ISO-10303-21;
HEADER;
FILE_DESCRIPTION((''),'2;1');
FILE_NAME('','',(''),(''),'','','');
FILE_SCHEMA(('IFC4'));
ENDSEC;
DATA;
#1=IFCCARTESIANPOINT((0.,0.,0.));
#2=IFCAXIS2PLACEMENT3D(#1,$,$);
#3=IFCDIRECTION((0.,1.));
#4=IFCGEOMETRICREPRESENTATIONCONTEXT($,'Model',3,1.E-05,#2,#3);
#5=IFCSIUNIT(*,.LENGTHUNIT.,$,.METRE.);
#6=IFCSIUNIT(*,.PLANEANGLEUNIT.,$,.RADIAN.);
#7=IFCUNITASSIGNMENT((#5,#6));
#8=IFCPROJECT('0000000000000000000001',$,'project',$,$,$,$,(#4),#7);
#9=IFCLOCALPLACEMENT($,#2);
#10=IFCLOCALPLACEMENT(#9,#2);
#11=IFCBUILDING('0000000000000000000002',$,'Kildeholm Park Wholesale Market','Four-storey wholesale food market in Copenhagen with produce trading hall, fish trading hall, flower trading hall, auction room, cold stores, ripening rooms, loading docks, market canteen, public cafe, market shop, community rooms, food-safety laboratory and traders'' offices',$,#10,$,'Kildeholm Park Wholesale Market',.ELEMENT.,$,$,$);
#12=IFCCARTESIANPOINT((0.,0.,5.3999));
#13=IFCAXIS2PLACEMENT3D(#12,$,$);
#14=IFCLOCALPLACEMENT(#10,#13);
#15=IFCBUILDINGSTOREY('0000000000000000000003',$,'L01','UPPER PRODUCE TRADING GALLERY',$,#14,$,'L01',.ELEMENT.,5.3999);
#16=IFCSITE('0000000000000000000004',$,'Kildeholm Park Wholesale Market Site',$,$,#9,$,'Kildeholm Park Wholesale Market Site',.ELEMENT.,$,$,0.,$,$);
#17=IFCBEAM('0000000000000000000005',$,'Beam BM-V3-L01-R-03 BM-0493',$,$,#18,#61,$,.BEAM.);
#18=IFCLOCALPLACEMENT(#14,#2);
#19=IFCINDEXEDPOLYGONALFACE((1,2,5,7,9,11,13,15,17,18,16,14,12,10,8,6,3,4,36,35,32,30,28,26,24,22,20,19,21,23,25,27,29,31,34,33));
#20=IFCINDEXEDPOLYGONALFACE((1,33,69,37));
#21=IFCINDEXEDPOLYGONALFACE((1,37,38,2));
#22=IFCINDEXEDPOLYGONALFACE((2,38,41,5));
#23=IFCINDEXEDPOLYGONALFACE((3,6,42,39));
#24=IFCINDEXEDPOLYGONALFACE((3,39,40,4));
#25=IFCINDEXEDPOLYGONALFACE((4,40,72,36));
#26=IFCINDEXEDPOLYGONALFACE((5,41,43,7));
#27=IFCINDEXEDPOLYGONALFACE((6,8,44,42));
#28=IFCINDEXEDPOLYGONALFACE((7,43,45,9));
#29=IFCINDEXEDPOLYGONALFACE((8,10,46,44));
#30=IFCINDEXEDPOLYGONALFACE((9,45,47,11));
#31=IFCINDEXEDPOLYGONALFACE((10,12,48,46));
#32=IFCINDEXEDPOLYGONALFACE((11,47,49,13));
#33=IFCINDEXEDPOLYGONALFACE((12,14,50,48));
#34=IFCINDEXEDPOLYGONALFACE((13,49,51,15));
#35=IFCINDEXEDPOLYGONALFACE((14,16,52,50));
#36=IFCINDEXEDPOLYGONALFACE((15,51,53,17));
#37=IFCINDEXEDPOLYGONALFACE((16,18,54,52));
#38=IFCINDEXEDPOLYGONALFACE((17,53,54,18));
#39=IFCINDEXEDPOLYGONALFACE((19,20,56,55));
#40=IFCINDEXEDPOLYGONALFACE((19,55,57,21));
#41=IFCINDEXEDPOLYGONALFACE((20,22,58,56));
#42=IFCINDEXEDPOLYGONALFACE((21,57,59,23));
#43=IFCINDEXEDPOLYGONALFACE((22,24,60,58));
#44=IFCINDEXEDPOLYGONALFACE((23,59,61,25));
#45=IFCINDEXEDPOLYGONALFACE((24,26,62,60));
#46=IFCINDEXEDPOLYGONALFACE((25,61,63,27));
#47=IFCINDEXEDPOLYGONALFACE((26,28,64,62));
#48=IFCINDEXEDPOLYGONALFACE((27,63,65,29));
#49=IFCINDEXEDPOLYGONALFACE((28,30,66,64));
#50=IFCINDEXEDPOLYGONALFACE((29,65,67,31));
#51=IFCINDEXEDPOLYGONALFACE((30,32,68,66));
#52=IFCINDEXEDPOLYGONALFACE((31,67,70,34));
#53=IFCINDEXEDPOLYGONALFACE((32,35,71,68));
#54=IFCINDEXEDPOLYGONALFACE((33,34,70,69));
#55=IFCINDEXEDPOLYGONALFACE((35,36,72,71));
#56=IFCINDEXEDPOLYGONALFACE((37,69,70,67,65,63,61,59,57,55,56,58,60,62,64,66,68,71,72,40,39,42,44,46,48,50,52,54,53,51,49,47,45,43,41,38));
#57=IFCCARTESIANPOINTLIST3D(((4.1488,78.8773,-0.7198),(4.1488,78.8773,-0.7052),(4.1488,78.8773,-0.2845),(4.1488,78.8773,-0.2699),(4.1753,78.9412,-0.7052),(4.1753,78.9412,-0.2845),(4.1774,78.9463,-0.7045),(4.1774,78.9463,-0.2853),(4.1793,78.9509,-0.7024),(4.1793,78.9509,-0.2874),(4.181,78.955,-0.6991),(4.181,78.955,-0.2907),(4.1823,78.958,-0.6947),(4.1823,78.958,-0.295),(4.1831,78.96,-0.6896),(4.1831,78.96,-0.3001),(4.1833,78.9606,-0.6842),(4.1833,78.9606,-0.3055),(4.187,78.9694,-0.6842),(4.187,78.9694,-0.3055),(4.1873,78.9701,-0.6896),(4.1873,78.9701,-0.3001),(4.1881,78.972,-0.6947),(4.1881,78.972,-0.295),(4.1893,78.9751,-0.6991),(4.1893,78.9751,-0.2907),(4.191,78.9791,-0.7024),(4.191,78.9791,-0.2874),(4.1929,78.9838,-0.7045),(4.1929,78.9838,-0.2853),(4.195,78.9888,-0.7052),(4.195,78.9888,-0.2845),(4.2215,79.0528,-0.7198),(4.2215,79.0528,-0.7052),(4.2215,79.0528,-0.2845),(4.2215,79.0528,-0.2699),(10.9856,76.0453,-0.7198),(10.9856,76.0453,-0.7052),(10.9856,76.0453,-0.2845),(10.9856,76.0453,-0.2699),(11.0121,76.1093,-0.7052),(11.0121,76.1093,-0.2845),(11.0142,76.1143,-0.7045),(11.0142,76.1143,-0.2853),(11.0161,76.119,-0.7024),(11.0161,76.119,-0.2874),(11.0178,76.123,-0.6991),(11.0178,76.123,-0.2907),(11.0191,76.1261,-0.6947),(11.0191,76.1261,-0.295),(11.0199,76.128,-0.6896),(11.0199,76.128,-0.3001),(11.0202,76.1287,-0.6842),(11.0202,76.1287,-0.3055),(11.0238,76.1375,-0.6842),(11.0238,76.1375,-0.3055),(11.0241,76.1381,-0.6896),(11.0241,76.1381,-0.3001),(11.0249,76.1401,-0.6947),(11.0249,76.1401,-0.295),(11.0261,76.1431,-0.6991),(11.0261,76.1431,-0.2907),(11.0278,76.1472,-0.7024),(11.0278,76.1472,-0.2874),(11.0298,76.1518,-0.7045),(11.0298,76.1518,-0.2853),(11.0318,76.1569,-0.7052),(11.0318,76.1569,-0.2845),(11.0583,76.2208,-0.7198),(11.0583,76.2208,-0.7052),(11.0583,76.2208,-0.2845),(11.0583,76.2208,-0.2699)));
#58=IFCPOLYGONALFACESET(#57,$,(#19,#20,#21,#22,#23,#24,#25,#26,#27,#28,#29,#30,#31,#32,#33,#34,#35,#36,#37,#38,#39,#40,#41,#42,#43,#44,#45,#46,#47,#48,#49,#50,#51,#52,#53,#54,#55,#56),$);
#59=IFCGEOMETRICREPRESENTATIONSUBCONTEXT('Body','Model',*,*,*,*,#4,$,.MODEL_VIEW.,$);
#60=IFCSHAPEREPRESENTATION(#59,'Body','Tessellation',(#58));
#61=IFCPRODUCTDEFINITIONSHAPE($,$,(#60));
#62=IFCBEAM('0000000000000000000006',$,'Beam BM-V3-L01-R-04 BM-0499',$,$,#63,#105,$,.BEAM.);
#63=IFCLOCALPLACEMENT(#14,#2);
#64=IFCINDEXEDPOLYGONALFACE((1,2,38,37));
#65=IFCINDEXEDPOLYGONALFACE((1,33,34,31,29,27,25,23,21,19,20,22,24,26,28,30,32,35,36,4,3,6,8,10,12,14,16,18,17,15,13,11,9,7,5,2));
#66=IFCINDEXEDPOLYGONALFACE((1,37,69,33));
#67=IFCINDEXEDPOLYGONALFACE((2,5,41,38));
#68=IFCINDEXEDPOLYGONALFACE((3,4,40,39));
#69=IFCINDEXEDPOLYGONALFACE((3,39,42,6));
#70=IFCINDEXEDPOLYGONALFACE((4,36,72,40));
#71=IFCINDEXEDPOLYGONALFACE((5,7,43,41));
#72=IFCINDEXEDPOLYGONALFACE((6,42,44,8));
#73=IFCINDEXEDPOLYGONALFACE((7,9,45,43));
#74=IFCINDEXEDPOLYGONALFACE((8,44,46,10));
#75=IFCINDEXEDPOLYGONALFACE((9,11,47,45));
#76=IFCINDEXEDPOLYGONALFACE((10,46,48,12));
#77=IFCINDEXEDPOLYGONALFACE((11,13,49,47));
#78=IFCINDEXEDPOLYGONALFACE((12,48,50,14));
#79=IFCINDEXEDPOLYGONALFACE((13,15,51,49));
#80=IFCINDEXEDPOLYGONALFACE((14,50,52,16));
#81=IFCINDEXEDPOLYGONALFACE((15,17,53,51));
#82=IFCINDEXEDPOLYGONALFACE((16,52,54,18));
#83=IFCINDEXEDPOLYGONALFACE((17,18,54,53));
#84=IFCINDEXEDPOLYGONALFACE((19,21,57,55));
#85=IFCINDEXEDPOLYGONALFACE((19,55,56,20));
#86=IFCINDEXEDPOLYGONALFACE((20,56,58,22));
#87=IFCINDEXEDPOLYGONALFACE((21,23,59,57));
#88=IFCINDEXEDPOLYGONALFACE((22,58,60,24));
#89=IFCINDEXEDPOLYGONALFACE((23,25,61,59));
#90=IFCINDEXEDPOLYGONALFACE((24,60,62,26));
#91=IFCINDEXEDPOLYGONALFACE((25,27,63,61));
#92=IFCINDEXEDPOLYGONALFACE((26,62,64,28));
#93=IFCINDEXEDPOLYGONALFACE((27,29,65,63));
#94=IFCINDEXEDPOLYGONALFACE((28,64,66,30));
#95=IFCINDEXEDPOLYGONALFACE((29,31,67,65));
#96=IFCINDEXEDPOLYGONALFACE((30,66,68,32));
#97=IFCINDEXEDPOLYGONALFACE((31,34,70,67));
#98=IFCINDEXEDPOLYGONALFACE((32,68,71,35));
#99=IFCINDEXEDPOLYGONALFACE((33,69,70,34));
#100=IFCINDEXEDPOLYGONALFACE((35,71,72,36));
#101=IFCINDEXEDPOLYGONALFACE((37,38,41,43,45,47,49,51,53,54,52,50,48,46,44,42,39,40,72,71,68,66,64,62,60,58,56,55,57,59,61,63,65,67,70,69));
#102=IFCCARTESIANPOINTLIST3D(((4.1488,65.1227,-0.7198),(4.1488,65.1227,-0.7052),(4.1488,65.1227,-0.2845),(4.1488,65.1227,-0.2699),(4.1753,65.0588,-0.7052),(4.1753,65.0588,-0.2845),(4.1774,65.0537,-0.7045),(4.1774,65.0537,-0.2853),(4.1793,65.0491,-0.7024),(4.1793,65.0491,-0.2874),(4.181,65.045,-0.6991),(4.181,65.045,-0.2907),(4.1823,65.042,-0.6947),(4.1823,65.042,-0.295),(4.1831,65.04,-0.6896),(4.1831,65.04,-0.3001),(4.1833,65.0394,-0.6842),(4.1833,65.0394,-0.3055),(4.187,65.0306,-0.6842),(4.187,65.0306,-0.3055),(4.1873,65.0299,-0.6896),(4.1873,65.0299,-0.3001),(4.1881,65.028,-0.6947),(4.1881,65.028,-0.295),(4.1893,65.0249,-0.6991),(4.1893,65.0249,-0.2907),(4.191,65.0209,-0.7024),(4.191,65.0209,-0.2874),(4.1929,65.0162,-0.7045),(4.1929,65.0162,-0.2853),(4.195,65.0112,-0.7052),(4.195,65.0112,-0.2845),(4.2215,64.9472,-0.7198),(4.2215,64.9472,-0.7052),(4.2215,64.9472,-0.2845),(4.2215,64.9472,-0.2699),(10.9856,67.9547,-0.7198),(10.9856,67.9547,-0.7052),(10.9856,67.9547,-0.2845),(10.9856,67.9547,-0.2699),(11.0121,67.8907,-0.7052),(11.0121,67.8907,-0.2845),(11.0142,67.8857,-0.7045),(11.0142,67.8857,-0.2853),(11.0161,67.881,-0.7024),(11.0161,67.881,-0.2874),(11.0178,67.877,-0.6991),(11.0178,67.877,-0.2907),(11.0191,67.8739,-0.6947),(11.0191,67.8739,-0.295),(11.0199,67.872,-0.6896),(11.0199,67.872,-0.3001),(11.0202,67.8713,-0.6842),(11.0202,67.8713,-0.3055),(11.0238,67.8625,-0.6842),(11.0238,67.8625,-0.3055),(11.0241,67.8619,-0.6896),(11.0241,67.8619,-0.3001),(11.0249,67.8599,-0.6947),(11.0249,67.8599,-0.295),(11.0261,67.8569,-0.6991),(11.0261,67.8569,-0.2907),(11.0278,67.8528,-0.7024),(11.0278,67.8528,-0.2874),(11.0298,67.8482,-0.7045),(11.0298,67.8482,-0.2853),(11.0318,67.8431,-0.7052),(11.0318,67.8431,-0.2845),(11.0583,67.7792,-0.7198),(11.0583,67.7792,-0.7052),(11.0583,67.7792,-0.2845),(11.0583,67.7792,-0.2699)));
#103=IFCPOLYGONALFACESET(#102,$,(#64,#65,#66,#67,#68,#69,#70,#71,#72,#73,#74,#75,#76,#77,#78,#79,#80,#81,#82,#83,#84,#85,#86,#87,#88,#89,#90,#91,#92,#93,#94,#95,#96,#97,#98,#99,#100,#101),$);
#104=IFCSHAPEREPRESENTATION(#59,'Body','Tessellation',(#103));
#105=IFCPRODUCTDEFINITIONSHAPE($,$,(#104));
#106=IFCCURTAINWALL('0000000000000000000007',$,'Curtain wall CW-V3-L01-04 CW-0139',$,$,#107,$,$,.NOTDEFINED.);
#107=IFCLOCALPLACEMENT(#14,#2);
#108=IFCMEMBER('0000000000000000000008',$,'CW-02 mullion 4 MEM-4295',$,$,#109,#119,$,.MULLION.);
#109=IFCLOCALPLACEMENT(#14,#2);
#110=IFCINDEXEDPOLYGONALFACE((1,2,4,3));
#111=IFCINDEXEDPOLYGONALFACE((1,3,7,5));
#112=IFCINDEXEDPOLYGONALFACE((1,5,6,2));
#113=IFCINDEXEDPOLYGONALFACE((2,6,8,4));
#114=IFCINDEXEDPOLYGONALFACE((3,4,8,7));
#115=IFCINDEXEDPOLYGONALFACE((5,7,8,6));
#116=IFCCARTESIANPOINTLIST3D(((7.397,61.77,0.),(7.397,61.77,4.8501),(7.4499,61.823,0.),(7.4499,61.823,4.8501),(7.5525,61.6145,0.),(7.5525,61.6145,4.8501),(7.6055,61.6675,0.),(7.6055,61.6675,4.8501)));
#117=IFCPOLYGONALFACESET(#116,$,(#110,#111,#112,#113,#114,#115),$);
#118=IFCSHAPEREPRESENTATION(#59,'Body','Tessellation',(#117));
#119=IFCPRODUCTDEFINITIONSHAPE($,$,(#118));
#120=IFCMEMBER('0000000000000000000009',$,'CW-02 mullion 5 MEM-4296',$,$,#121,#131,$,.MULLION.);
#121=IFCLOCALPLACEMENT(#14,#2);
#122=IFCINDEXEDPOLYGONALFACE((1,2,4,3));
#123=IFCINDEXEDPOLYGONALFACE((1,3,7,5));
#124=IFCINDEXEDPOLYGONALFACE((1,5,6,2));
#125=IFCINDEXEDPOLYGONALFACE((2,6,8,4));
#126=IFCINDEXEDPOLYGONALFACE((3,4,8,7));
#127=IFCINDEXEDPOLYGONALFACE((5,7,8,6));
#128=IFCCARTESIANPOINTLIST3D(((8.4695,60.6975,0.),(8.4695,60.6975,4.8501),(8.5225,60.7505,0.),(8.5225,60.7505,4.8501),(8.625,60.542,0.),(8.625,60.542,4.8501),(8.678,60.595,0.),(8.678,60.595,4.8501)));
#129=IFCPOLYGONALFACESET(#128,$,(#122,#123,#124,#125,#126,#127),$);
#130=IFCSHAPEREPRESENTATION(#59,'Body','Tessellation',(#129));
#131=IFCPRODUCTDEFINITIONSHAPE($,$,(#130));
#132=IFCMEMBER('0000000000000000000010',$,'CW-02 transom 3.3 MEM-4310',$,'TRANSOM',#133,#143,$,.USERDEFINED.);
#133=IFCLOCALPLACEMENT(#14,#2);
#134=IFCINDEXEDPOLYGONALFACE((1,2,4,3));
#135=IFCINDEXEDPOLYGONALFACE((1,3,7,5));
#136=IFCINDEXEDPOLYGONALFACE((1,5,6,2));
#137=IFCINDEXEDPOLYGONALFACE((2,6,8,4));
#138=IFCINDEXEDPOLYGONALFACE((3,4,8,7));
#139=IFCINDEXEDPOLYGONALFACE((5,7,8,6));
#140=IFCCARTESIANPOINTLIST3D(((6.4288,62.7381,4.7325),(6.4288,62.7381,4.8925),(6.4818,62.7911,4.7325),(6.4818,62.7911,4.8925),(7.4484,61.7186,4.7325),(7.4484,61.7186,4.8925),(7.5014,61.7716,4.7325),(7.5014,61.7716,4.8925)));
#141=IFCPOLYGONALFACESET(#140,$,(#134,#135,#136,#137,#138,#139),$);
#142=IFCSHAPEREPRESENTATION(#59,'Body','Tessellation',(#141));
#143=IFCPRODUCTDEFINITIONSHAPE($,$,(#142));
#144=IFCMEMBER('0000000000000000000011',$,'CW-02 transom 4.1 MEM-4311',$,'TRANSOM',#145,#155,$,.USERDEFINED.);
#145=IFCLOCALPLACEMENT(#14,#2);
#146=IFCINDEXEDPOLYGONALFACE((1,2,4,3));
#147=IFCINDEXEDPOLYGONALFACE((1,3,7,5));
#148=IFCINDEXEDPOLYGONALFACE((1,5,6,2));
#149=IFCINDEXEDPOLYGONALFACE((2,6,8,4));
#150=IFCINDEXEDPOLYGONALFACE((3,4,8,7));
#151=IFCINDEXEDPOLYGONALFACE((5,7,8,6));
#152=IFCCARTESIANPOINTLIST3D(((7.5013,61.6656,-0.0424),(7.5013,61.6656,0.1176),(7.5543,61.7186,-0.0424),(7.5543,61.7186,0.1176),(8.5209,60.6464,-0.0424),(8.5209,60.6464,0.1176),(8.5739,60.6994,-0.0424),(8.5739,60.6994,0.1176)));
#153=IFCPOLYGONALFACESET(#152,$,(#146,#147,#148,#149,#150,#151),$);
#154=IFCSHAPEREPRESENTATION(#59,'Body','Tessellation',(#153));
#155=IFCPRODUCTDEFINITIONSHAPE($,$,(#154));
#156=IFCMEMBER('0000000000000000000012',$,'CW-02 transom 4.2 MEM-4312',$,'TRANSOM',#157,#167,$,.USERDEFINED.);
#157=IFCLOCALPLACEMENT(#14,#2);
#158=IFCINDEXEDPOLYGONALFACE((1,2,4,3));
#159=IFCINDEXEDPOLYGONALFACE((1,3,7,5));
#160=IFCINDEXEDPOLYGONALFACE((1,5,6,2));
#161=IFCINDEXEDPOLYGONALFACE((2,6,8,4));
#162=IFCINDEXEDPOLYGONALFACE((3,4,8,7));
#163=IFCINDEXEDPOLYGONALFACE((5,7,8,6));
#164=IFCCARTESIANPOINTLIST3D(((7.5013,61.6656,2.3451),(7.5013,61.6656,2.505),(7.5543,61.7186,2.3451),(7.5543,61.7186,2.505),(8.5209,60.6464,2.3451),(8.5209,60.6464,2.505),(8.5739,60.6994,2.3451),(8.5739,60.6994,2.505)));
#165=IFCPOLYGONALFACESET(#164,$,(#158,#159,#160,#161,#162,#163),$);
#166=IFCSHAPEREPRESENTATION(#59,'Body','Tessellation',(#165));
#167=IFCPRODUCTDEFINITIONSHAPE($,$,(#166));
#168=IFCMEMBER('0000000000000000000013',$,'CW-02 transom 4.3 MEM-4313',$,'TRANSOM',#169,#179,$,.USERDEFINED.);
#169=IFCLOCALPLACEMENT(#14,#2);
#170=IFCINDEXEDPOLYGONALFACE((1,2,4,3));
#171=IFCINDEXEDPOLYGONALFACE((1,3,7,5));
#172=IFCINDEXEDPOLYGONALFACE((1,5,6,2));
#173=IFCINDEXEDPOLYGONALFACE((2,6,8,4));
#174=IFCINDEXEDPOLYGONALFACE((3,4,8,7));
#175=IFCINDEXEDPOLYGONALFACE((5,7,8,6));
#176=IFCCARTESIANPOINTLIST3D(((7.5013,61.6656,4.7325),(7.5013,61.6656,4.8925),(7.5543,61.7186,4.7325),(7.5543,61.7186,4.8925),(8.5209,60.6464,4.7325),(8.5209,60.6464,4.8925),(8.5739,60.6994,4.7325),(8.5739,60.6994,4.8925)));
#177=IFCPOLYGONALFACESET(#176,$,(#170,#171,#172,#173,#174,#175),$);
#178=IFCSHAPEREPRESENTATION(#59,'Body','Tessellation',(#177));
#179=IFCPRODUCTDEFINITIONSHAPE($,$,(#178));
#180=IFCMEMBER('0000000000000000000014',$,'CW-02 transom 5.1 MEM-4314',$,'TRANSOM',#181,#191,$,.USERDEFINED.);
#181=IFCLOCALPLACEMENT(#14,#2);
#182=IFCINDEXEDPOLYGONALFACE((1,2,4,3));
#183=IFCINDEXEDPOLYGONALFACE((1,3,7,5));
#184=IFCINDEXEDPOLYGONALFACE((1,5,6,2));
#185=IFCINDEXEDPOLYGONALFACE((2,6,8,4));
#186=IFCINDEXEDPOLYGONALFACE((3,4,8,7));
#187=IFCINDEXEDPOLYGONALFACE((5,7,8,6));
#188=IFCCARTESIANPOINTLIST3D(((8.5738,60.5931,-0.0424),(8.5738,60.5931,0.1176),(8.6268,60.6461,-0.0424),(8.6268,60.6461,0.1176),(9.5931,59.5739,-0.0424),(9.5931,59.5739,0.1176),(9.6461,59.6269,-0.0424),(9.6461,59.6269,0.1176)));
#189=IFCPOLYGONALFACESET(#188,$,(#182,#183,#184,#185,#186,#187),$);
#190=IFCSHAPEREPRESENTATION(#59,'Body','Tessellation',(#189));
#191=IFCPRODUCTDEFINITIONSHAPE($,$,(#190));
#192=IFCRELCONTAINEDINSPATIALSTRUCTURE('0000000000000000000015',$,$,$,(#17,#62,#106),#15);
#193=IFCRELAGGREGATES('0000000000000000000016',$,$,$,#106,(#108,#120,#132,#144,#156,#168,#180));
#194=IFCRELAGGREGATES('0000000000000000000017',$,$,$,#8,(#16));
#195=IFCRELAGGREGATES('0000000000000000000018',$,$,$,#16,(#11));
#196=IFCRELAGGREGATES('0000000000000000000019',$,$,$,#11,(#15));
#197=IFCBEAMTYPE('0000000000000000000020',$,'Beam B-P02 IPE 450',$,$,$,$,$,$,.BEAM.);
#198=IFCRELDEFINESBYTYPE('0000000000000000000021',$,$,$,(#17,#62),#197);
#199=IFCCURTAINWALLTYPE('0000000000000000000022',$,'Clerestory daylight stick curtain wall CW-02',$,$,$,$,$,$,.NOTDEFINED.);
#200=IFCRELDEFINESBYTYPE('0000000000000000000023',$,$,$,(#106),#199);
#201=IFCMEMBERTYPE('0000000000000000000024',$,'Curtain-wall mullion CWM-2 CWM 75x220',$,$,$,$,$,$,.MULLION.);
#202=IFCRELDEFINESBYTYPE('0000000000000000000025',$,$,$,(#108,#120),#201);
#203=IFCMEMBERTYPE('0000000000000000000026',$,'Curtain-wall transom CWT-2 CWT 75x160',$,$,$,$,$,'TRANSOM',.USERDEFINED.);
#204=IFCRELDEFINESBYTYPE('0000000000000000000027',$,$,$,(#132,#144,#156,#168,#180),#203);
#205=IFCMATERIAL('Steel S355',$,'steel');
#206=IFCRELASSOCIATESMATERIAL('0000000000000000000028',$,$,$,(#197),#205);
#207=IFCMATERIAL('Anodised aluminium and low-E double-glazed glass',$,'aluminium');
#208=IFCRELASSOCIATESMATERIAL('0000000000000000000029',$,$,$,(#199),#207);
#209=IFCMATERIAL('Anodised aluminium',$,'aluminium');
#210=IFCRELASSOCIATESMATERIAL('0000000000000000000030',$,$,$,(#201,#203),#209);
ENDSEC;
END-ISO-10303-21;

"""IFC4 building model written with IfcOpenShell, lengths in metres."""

from ifc_helpers import new_model, si_unit, direction, frame, origin, origin_2d, place, context, subcontext, project, spatial, rectangle, i_section, extrude, material, material_profile, profile_set, type_object, element, aggregate, save


model = new_model("IFC4")

# Units and contexts
model_context = context("Model", 3, precision=1e-05, world=origin(), true_north=direction((0.0, 1.0)))
body_context = subcontext(model_context, "Body", "Model", "MODEL_VIEW")
ifc_project = project(units=[si_unit("LENGTHUNIT", "METRE"), si_unit("PLANEANGLEUNIT", "RADIAN")], contexts=[model_context])

# Site, building, storey
site_placement = place(None, origin())
site = spatial("IfcSite", under=ifc_project, at=site_placement, Name="Kildeholm Park Wholesale Market Site", LongName="Kildeholm Park Wholesale Market Site", CompositionType="ELEMENT", RefElevation=0.0)
building_placement = place(site_placement, origin())
building = spatial("IfcBuilding", under=site, at=building_placement, Name="Kildeholm Park Wholesale Market", Description="Four-storey wholesale food market in Copenhagen with produce trading hall, fish trading hall, flower trading hall, auction room, cold stores, ripening rooms, loading docks, market canteen, public cafe, market shop, community rooms, food-safety laboratory and traders' offices", LongName="Kildeholm Park Wholesale Market", CompositionType="ELEMENT")
storey_placement = place(building_placement, frame((0.0, 0.0, 5.3999)))
storey = spatial("IfcBuildingStorey", under=building, at=storey_placement, Name="L01", Description="UPPER PRODUCE TRADING GALLERY", LongName="L01", CompositionType="ELEMENT", Elevation=5.3999)

# Shared definitions
ifc_material_1 = material(Name="Steel S355", Category="steel")

# Beams
ifc_material_profile_1 = material_profile(ifc_material_1, i_section(OverallWidth=0.1899, OverallDepth=0.45, WebThickness=0.0095, FlangeThickness=0.0146, FilletRadius=0.021, at=origin_2d()), Name="IPE 450")
ifc_profile_set_1 = profile_set([ifc_material_profile_1], Name="Steel S355")
beam_type_1 = type_object("IfcBeamType", Name="Beam B-P02 IPE 450", PredefinedType="BEAM", material=ifc_profile_set_1)
for number, where, z_axis, x_axis, name in (
    (1, (11.022, 76.1331, -0.4949), (-0.923875, 0.382694, 0.0), (-0.382694, -0.923875, 0.0), "Beam BM-V3-L01-R-03 BM-0493"),
    (2, (11.022, 67.8669, -0.4949), (-0.923875, -0.382694, 0.0), (0.382694, -0.923875, 0.0), "Beam BM-V3-L01-R-04 BM-0499"),
):
    element("IfcBeam", number, at=place(storey_placement, frame(where, z_axis=z_axis, x_axis=x_axis)), inside=storey, type_object=beam_type_1, Name=name, PredefinedType="BEAM", context=body_context, shape_type="SweptSolid", body=[
        extrude(i_section(OverallWidth=0.1899, OverallDepth=0.45, WebThickness=0.0095, FlangeThickness=0.0146, FilletRadius=0.021, at=origin_2d()), origin(), (0.0, 0.0, 1.0), 7.4001),
    ])

# Curtain wall, members
ifc_material_2 = material(Name="Anodised aluminium and low-E double-glazed glass", Category="aluminium")
curtain_wall_type = type_object("IfcCurtainWallType", Name="Clerestory daylight stick curtain wall CW-02", PredefinedType="NOTDEFINED", material=ifc_material_2)
curtain_wall_placement = place(storey_placement, origin())
curtain_wall = element("IfcCurtainWall", 3, at=curtain_wall_placement, inside=storey, type_object=curtain_wall_type, Name="Curtain wall CW-V3-L01-04 CW-0139", PredefinedType="NOTDEFINED")
ifc_material_3 = material(Name="Anodised aluminium", Category="aluminium")
ifc_material_profile_2 = material_profile(ifc_material_3, rectangle(XDim=0.075, YDim=0.22, at=origin_2d()), Name="CWM 75x220")
ifc_profile_set_2 = profile_set([ifc_material_profile_2], Name="Anodised aluminium")
member_type_1 = type_object("IfcMemberType", Name="Curtain-wall mullion CWM-2 CWM 75x220", PredefinedType="MULLION", material=ifc_profile_set_2)
member_1_placement = place(storey_placement, frame((7.5012, 61.7188, 0.0), z_axis=(0.0, 0.0, 1.0), x_axis=(0.707107, 0.707107, 0.0)))
member_1 = element("IfcMember", 4, at=member_1_placement, type_object=member_type_1, Name="CW-02 mullion 4 MEM-4295", PredefinedType="MULLION", context=body_context, shape_type="SweptSolid", body=[
    extrude(rectangle(XDim=0.075, YDim=0.22, at=origin_2d()), origin(), (0.0, 0.0, 1.0), 4.8501),
])
member_2_placement = place(storey_placement, frame((8.5737, 60.6462, 0.0), z_axis=(0.0, 0.0, 1.0), x_axis=(0.707107, 0.707107, 0.0)))
member_2 = element("IfcMember", 5, at=member_2_placement, type_object=member_type_1, Name="CW-02 mullion 5 MEM-4296", PredefinedType="MULLION", context=body_context, shape_type="SweptSolid", body=[
    extrude(rectangle(XDim=0.075, YDim=0.22, at=origin_2d()), origin(), (0.0, 0.0, 1.0), 4.8501),
])
ifc_material_profile_3 = material_profile(ifc_material_3, rectangle(XDim=0.075, YDim=0.1599, at=origin_2d()), Name="CWT 75x160")
ifc_profile_set_3 = profile_set([ifc_material_profile_3], Name="Anodised aluminium")
member_type_2 = type_object("IfcMemberType", Name="Curtain-wall transom CWT-2 CWT 75x160", ElementType="TRANSOM", PredefinedType="USERDEFINED", material=ifc_profile_set_3)
member_3_placement = place(storey_placement, frame((6.4553, 62.7646, 4.8125), z_axis=(0.707107, -0.707107, 0.0), x_axis=(0.707107, 0.707107, 0.0)))
member_3 = element("IfcMember", 6, at=member_3_placement, type_object=member_type_2, Name="CW-02 transom 3.3 MEM-4310", ObjectType="TRANSOM", PredefinedType="USERDEFINED", context=body_context, shape_type="SweptSolid", body=[
    extrude(rectangle(XDim=0.075, YDim=0.1599, at=origin_2d()), origin(), (0.0, 0.0, 1.0), 1.4419),
])
member_4_placement = place(storey_placement, frame((7.5278, 61.6921, 0.0376), z_axis=(0.707191, -0.707022, 0.0), x_axis=(0.707022, 0.707191, 0.0)))
member_4 = element("IfcMember", 7, at=member_4_placement, type_object=member_type_2, Name="CW-02 transom 4.1 MEM-4311", ObjectType="TRANSOM", PredefinedType="USERDEFINED", context=body_context, shape_type="SweptSolid", body=[
    extrude(rectangle(XDim=0.075, YDim=0.1599, at=origin_2d()), origin(), (0.0, 0.0, 1.0), 1.4417),
])
member_5_placement = place(storey_placement, frame((7.5278, 61.6921, 2.425), z_axis=(0.707191, -0.707022, 0.0), x_axis=(0.707022, 0.707191, 0.0)))
member_5 = element("IfcMember", 8, at=member_5_placement, type_object=member_type_2, Name="CW-02 transom 4.2 MEM-4312", ObjectType="TRANSOM", PredefinedType="USERDEFINED", context=body_context, shape_type="SweptSolid", body=[
    extrude(rectangle(XDim=0.075, YDim=0.1599, at=origin_2d()), origin(), (0.0, 0.0, 1.0), 1.4417),
])
member_6_placement = place(storey_placement, frame((7.5278, 61.6921, 4.8125), z_axis=(0.707191, -0.707022, 0.0), x_axis=(0.707022, 0.707191, 0.0)))
member_6 = element("IfcMember", 9, at=member_6_placement, type_object=member_type_2, Name="CW-02 transom 4.3 MEM-4313", ObjectType="TRANSOM", PredefinedType="USERDEFINED", context=body_context, shape_type="SweptSolid", body=[
    extrude(rectangle(XDim=0.075, YDim=0.1599, at=origin_2d()), origin(), (0.0, 0.0, 1.0), 1.4417),
])
member_7_placement = place(storey_placement, frame((8.6003, 60.6196, 0.0376), z_axis=(0.707107, -0.707107, 0.0), x_axis=(0.707107, 0.707107, 0.0)))
member_7 = element("IfcMember", 10, at=member_7_placement, type_object=member_type_2, Name="CW-02 transom 5.1 MEM-4314", ObjectType="TRANSOM", PredefinedType="USERDEFINED", context=body_context, shape_type="SweptSolid", body=[
    extrude(rectangle(XDim=0.075, YDim=0.1599, at=origin_2d()), origin(), (0.0, 0.0, 1.0), 1.4414),
])
aggregate(curtain_wall, [member_1, member_2, member_3, member_4, member_5, member_6, member_7])

save(model, "model.ifc")
